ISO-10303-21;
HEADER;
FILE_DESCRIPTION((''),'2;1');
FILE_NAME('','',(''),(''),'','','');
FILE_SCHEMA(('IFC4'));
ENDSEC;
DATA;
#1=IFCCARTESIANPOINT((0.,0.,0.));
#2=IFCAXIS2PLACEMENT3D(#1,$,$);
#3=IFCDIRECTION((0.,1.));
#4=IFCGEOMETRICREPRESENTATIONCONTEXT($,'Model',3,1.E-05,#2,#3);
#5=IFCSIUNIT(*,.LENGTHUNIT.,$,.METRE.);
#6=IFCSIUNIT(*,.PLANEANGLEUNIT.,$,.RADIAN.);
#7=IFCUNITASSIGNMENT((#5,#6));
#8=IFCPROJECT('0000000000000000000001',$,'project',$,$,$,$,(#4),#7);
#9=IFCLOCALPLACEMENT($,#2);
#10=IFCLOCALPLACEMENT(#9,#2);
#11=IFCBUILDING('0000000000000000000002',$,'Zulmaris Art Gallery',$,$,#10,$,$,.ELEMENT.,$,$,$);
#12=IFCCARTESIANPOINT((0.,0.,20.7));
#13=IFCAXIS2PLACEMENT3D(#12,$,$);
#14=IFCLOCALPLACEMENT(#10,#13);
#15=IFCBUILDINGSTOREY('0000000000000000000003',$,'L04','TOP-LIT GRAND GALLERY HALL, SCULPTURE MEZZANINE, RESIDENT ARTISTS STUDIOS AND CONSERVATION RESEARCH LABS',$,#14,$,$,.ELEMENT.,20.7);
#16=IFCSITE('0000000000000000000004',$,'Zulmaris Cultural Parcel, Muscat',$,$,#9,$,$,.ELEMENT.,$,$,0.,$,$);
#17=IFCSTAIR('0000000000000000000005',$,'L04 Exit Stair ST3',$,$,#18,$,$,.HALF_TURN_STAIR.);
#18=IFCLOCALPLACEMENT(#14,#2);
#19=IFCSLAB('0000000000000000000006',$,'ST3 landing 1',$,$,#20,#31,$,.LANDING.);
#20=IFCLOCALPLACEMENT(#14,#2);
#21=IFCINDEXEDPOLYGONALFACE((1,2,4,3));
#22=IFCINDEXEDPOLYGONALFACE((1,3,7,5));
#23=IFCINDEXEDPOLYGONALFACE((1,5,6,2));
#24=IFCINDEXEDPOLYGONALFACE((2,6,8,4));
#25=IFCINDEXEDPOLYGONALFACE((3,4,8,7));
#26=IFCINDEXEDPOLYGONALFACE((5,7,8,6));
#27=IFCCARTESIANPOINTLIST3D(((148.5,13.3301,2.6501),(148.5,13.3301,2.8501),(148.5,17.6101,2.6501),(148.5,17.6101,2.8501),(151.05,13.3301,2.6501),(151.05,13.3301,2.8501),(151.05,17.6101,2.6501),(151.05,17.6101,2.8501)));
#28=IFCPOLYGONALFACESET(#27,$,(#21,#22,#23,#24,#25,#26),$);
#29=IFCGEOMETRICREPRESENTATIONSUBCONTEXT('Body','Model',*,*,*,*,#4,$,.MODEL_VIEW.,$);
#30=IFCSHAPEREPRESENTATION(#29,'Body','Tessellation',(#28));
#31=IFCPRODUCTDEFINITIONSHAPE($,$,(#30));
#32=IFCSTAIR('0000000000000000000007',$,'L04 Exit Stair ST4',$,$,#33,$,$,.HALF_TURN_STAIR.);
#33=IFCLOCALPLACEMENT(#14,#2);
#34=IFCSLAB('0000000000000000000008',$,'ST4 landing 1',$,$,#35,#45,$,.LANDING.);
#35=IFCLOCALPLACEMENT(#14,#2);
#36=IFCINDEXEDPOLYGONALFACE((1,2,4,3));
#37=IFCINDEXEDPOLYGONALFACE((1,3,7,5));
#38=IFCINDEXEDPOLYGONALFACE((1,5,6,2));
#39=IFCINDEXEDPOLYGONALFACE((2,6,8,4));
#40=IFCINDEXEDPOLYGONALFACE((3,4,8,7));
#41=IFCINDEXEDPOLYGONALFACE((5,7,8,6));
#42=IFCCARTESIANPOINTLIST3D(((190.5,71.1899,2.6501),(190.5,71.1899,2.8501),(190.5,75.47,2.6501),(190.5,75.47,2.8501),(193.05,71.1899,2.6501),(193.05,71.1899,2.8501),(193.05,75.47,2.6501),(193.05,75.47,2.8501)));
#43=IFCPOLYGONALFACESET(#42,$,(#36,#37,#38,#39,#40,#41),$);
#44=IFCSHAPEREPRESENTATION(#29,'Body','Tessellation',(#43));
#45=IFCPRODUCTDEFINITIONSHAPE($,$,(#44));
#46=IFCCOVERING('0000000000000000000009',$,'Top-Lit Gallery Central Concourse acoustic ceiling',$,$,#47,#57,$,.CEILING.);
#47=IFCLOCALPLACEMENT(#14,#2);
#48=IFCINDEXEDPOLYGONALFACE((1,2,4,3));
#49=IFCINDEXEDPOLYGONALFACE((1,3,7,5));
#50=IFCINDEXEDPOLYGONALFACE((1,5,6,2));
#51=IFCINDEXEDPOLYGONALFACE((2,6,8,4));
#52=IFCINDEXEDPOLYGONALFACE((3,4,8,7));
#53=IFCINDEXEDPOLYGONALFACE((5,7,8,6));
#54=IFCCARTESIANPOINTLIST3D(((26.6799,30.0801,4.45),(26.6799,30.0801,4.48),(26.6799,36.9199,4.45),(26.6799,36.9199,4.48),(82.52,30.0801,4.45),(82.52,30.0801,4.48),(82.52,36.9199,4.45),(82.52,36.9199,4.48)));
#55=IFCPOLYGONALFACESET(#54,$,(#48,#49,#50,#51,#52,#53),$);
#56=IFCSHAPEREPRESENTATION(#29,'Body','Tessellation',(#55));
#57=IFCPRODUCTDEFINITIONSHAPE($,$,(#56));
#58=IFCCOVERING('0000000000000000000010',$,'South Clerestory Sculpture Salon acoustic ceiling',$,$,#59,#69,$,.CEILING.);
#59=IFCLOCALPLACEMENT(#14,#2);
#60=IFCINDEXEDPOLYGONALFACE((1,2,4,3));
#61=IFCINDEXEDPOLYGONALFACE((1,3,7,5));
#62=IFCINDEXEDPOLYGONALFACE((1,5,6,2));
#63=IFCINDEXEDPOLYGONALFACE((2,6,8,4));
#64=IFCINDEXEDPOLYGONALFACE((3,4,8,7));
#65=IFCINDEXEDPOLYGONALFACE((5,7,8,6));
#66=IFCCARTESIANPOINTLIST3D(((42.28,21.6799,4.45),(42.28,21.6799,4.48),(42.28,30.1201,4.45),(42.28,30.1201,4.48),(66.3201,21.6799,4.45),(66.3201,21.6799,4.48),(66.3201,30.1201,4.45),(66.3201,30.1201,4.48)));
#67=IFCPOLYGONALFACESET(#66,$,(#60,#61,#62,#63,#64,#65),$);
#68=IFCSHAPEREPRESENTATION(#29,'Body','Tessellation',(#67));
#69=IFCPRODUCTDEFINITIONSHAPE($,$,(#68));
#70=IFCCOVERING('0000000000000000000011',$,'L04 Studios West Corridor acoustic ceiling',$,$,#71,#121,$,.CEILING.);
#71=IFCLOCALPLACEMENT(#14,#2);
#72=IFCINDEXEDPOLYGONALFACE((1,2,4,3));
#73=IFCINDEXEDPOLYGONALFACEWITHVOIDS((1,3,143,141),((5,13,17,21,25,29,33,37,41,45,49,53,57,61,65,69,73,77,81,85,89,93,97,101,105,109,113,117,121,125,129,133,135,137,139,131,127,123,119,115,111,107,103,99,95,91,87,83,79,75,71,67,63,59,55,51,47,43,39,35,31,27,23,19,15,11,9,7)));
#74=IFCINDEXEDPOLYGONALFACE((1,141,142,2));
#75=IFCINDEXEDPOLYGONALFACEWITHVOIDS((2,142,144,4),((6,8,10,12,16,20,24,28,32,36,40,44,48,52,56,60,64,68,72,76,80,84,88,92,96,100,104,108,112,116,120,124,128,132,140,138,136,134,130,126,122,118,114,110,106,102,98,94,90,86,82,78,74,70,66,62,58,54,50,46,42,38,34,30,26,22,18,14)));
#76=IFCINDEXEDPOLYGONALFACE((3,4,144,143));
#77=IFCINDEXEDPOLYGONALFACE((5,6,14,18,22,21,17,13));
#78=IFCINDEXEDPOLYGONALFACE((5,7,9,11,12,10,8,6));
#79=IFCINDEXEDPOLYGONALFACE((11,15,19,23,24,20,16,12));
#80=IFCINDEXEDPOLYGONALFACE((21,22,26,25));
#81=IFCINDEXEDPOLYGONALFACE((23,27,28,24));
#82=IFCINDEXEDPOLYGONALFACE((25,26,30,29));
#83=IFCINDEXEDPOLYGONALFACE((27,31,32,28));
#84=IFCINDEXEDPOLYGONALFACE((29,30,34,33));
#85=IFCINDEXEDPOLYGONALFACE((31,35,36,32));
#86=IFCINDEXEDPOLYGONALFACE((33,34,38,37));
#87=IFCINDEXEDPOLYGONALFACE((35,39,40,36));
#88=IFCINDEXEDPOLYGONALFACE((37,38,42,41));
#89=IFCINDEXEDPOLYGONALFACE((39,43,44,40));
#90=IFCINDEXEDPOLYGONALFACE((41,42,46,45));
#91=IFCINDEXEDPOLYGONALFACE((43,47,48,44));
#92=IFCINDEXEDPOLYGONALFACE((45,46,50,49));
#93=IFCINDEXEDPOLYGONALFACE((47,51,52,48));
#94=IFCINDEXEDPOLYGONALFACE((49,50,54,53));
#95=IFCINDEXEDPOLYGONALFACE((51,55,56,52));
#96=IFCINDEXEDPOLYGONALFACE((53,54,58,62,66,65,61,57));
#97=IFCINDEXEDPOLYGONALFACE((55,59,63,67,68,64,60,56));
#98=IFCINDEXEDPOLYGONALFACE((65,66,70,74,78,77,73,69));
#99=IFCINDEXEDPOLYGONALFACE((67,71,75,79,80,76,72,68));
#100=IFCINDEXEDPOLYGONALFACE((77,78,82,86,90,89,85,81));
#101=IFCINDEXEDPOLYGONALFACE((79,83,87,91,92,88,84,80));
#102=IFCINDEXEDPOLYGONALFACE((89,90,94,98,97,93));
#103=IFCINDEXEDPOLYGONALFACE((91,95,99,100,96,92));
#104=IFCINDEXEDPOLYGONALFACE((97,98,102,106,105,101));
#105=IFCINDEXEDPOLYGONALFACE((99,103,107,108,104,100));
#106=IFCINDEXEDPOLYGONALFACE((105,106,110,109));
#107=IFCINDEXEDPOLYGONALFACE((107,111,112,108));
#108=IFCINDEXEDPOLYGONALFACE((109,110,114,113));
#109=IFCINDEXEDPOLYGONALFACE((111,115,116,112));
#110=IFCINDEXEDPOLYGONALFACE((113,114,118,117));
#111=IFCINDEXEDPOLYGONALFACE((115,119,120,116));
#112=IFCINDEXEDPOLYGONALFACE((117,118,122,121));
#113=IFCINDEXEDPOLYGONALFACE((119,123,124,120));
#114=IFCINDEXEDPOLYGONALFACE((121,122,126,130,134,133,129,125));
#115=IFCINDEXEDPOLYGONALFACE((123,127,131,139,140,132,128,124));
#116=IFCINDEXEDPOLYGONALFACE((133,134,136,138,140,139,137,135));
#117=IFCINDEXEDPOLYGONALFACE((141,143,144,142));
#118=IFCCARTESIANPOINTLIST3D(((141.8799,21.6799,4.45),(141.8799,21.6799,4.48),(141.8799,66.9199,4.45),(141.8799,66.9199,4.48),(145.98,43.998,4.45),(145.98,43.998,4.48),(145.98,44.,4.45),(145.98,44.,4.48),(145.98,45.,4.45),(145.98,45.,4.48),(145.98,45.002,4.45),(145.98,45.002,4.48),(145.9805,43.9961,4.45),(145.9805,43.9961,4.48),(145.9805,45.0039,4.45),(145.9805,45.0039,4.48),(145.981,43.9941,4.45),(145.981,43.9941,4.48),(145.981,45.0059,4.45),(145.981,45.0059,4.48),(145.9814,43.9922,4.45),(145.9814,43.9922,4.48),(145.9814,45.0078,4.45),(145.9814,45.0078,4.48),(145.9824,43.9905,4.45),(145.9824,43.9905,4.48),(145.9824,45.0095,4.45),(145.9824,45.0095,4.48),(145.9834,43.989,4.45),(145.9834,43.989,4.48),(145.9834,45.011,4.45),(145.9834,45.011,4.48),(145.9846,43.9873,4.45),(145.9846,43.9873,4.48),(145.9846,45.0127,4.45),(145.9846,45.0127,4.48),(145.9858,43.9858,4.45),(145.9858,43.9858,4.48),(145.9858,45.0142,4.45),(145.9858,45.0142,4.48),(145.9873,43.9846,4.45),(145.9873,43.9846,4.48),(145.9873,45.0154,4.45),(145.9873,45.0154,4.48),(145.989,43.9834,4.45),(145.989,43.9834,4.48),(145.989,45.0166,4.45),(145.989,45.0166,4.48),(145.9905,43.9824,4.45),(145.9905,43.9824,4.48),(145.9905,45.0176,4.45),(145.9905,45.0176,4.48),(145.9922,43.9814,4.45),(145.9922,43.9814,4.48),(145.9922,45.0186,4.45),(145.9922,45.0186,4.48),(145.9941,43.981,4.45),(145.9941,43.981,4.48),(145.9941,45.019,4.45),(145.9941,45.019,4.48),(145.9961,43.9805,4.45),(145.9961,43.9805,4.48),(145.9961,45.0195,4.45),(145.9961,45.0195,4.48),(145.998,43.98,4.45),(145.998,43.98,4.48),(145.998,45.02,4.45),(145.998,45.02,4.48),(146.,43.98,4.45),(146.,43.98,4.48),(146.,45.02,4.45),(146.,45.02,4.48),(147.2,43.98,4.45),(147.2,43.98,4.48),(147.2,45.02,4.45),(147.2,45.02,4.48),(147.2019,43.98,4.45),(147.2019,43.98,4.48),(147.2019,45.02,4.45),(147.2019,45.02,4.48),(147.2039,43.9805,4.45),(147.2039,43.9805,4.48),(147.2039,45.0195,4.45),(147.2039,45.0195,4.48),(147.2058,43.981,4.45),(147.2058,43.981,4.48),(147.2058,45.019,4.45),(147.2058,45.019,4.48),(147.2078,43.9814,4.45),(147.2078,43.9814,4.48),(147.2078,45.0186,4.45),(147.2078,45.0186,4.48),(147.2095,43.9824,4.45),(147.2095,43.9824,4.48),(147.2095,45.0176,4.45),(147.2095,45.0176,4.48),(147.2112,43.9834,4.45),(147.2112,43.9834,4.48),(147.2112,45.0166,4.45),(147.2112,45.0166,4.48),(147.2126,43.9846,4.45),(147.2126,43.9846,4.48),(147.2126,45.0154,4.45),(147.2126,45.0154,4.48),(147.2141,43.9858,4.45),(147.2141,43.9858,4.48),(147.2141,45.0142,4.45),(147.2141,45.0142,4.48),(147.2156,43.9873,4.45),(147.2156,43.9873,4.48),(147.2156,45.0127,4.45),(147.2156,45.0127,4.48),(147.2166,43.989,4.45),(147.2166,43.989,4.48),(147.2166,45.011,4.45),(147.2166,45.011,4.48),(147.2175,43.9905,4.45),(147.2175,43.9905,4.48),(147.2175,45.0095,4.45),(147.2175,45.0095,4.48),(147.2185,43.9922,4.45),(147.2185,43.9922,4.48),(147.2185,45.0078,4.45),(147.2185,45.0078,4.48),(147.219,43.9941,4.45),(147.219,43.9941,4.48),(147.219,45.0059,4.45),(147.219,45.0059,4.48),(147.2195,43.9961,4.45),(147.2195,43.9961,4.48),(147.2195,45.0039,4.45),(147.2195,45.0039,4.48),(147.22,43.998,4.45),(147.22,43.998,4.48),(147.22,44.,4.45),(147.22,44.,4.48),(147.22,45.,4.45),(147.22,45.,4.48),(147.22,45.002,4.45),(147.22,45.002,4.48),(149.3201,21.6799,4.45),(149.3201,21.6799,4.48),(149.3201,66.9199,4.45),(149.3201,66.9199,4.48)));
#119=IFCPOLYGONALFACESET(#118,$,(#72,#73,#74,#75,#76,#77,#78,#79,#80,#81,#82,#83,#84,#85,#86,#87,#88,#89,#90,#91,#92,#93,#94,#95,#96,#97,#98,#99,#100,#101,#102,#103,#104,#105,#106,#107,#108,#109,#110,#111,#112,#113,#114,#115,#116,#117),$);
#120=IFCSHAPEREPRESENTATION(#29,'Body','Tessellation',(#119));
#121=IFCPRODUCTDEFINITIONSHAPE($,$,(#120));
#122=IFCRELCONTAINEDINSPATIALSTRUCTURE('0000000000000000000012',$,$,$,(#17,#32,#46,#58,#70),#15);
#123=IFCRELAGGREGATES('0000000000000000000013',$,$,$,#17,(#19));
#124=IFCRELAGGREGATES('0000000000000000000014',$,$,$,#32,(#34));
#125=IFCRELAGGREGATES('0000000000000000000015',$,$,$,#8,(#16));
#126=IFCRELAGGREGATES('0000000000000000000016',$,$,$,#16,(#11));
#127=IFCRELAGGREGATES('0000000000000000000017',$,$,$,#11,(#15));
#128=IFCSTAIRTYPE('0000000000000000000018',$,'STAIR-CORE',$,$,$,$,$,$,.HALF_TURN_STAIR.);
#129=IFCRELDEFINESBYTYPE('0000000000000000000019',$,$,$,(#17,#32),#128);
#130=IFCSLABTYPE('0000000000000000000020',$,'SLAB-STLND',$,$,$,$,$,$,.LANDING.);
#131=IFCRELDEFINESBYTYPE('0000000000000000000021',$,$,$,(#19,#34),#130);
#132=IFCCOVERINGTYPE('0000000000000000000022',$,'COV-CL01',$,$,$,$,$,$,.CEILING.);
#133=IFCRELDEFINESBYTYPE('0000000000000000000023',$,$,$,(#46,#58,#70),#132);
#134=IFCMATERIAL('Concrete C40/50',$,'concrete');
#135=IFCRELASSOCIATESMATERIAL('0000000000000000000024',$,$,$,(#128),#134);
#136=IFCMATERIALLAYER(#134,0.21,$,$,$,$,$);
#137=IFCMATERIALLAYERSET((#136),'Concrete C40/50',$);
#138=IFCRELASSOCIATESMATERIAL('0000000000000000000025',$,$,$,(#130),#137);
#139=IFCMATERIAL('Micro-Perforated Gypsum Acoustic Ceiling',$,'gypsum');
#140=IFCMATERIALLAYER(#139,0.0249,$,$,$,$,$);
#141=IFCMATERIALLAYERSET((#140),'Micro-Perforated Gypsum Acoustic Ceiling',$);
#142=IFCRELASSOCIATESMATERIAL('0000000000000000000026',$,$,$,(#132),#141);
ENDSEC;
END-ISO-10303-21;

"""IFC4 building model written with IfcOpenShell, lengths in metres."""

from ifc_helpers import new_model, si_unit, direction, frame, origin, place, context, subcontext, project, spatial, polyline, outline, extrude, material, layer, layer_set, type_object, element, aggregate, save


model = new_model("IFC4")

# Units and contexts
model_context = context("Model", 3, precision=1e-05, world=origin(), true_north=direction((0.0, 1.0)))
body_context = subcontext(model_context, "Body", "Model", "MODEL_VIEW")
ifc_project = project(units=[si_unit("LENGTHUNIT", "METRE"), si_unit("PLANEANGLEUNIT", "RADIAN")], contexts=[model_context])

# Site, building, storey
site_placement = place(None, origin())
site = spatial("IfcSite", under=ifc_project, at=site_placement, Name="Zulmaris Cultural Parcel, Muscat", CompositionType="ELEMENT", RefElevation=0.0)
building_placement = place(site_placement, origin())
building = spatial("IfcBuilding", under=site, at=building_placement, Name="Zulmaris Art Gallery", CompositionType="ELEMENT")
storey_placement = place(building_placement, frame((0.0, 0.0, 20.7)))
storey = spatial("IfcBuildingStorey", under=building, at=storey_placement, Name="L04", Description="TOP-LIT GRAND GALLERY HALL, SCULPTURE MEZZANINE, RESIDENT ARTISTS STUDIOS AND CONSERVATION RESEARCH LABS", CompositionType="ELEMENT", Elevation=20.7)

# Stairs, slabs
ifc_material_1 = material(Name="Concrete C40/50", Category="concrete")
stair_type = type_object("IfcStairType", Name="STAIR-CORE", PredefinedType="HALF_TURN_STAIR", material=ifc_material_1)
stair_1_placement = place(storey_placement, origin())
stair_1 = element("IfcStair", 1, at=stair_1_placement, inside=storey, type_object=stair_type, Name="L04 Exit Stair ST3", PredefinedType="HALF_TURN_STAIR")
ifc_layer_1 = layer(ifc_material_1, 0.21)
ifc_layer_set_1 = layer_set([ifc_layer_1], Name="Concrete C40/50")
slab_type = type_object("IfcSlabType", Name="SLAB-STLND", PredefinedType="LANDING", material=ifc_layer_set_1)
slab_1_placement = place(storey_placement, frame((0.0, 0.0, 2.6501)))
slab_1 = element("IfcSlab", 2, at=slab_1_placement, type_object=slab_type, Name="ST3 landing 1", PredefinedType="LANDING", context=body_context, shape_type="SweptSolid", body=[
    extrude(outline(polyline([(148.5, 13.3301), (151.05, 13.3301), (151.05, 17.6101), (148.5, 17.6101), (148.5, 13.3301)])), origin(), (0.0, 0.0, 1.0), 0.2),
])
aggregate(stair_1, [slab_1])
stair_2_placement = place(storey_placement, origin())
stair_2 = element("IfcStair", 3, at=stair_2_placement, inside=storey, type_object=stair_type, Name="L04 Exit Stair ST4", PredefinedType="HALF_TURN_STAIR")
slab_2_placement = place(storey_placement, frame((0.0, 0.0, 2.6501)))
slab_2 = element("IfcSlab", 4, at=slab_2_placement, type_object=slab_type, Name="ST4 landing 1", PredefinedType="LANDING", context=body_context, shape_type="SweptSolid", body=[
    extrude(outline(polyline([(190.5, 71.1899), (193.05, 71.1899), (193.05, 75.47), (190.5, 75.47), (190.5, 71.1899)])), origin(), (0.0, 0.0, 1.0), 0.2),
])
aggregate(stair_2, [slab_2])

# Coverings
ifc_material_2 = material(Name="Micro-Perforated Gypsum Acoustic Ceiling", Category="gypsum")
ifc_layer_2 = layer(ifc_material_2, 0.0249)
ifc_layer_set_2 = layer_set([ifc_layer_2], Name="Micro-Perforated Gypsum Acoustic Ceiling")
covering_type_1 = type_object("IfcCoveringType", Name="COV-CL01", PredefinedType="CEILING", material=ifc_layer_set_2)
covering_1_placement = place(storey_placement, frame((0.0, 0.0, 4.45)))
element("IfcCovering", 5, at=covering_1_placement, inside=storey, type_object=covering_type_1, Name="Top-Lit Gallery Central Concourse acoustic ceiling", PredefinedType="CEILING", context=body_context, shape_type="SweptSolid", body=[
    extrude(outline(polyline([(26.6799, 36.9199), (82.52, 36.9199), (82.52, 30.0801), (26.6799, 30.0801), (26.6799, 36.9199)])), origin(), (0.0, 0.0, 1.0), 0.03),
])
covering_2_placement = place(storey_placement, frame((0.0, 0.0, 4.45)))
element("IfcCovering", 6, at=covering_2_placement, inside=storey, type_object=covering_type_1, Name="South Clerestory Sculpture Salon acoustic ceiling", PredefinedType="CEILING", context=body_context, shape_type="SweptSolid", body=[
    extrude(outline(polyline([(42.28, 30.1201), (66.3201, 30.1201), (66.3201, 21.6799), (42.28, 21.6799), (42.28, 30.1201)])), origin(), (0.0, 0.0, 1.0), 0.03),
])
covering_3_placement = place(storey_placement, frame((0.0, 0.0, 4.45)))
element("IfcCovering", 7, at=covering_3_placement, inside=storey, type_object=covering_type_1, Name="L04 Studios West Corridor acoustic ceiling", PredefinedType="CEILING", context=body_context, shape_type="SweptSolid", body=[
    extrude(outline(polyline([(141.8799, 66.9199), (149.3201, 66.9199), (149.3201, 21.6799), (141.8799, 21.6799), (141.8799, 66.9199)]), holes=[polyline([(145.98, 43.998), (145.9805, 43.9961), (145.981, 43.9941), (145.9814, 43.9922), (145.9824, 43.9905), (145.9834, 43.989), (145.9846, 43.9873), (145.9858, 43.9858), (145.9873, 43.9846), (145.989, 43.9834), (145.9905, 43.9824), (145.9922, 43.9814), (145.9941, 43.981), (145.9961, 43.9805), (145.998, 43.98), (146.0, 43.98), (147.2, 43.98), (147.2019, 43.98), (147.2039, 43.9805), (147.2058, 43.981), (147.2078, 43.9814), (147.2095, 43.9824), (147.2112, 43.9834), (147.2126, 43.9846), (147.2141, 43.9858), (147.2156, 43.9873), (147.2166, 43.989), (147.2175, 43.9905), (147.2185, 43.9922), (147.219, 43.9941), (147.2195, 43.9961), (147.22, 43.998), (147.22, 44.0), (147.22, 45.0), (147.22, 45.002), (147.2195, 45.0039), (147.219, 45.0059), (147.2185, 45.0078), (147.2175, 45.0095), (147.2166, 45.011), (147.2156, 45.0127), (147.2141, 45.0142), (147.2126, 45.0154), (147.2112, 45.0166), (147.2095, 45.0176), (147.2078, 45.0186), (147.2058, 45.019), (147.2039, 45.0195), (147.2019, 45.02), (147.2, 45.02), (146.0, 45.02), (145.998, 45.02), (145.9961, 45.0195), (145.9941, 45.019), (145.9922, 45.0186), (145.9905, 45.0176), (145.989, 45.0166), (145.9873, 45.0154), (145.9858, 45.0142), (145.9846, 45.0127), (145.9834, 45.011), (145.9824, 45.0095), (145.9814, 45.0078), (145.981, 45.0059), (145.9805, 45.0039), (145.98, 45.002), (145.98, 45.0), (145.98, 44.0), (145.98, 43.998)])]), origin(), (0.0, 0.0, 1.0), 0.03),
])

save(model, "model.ifc")
